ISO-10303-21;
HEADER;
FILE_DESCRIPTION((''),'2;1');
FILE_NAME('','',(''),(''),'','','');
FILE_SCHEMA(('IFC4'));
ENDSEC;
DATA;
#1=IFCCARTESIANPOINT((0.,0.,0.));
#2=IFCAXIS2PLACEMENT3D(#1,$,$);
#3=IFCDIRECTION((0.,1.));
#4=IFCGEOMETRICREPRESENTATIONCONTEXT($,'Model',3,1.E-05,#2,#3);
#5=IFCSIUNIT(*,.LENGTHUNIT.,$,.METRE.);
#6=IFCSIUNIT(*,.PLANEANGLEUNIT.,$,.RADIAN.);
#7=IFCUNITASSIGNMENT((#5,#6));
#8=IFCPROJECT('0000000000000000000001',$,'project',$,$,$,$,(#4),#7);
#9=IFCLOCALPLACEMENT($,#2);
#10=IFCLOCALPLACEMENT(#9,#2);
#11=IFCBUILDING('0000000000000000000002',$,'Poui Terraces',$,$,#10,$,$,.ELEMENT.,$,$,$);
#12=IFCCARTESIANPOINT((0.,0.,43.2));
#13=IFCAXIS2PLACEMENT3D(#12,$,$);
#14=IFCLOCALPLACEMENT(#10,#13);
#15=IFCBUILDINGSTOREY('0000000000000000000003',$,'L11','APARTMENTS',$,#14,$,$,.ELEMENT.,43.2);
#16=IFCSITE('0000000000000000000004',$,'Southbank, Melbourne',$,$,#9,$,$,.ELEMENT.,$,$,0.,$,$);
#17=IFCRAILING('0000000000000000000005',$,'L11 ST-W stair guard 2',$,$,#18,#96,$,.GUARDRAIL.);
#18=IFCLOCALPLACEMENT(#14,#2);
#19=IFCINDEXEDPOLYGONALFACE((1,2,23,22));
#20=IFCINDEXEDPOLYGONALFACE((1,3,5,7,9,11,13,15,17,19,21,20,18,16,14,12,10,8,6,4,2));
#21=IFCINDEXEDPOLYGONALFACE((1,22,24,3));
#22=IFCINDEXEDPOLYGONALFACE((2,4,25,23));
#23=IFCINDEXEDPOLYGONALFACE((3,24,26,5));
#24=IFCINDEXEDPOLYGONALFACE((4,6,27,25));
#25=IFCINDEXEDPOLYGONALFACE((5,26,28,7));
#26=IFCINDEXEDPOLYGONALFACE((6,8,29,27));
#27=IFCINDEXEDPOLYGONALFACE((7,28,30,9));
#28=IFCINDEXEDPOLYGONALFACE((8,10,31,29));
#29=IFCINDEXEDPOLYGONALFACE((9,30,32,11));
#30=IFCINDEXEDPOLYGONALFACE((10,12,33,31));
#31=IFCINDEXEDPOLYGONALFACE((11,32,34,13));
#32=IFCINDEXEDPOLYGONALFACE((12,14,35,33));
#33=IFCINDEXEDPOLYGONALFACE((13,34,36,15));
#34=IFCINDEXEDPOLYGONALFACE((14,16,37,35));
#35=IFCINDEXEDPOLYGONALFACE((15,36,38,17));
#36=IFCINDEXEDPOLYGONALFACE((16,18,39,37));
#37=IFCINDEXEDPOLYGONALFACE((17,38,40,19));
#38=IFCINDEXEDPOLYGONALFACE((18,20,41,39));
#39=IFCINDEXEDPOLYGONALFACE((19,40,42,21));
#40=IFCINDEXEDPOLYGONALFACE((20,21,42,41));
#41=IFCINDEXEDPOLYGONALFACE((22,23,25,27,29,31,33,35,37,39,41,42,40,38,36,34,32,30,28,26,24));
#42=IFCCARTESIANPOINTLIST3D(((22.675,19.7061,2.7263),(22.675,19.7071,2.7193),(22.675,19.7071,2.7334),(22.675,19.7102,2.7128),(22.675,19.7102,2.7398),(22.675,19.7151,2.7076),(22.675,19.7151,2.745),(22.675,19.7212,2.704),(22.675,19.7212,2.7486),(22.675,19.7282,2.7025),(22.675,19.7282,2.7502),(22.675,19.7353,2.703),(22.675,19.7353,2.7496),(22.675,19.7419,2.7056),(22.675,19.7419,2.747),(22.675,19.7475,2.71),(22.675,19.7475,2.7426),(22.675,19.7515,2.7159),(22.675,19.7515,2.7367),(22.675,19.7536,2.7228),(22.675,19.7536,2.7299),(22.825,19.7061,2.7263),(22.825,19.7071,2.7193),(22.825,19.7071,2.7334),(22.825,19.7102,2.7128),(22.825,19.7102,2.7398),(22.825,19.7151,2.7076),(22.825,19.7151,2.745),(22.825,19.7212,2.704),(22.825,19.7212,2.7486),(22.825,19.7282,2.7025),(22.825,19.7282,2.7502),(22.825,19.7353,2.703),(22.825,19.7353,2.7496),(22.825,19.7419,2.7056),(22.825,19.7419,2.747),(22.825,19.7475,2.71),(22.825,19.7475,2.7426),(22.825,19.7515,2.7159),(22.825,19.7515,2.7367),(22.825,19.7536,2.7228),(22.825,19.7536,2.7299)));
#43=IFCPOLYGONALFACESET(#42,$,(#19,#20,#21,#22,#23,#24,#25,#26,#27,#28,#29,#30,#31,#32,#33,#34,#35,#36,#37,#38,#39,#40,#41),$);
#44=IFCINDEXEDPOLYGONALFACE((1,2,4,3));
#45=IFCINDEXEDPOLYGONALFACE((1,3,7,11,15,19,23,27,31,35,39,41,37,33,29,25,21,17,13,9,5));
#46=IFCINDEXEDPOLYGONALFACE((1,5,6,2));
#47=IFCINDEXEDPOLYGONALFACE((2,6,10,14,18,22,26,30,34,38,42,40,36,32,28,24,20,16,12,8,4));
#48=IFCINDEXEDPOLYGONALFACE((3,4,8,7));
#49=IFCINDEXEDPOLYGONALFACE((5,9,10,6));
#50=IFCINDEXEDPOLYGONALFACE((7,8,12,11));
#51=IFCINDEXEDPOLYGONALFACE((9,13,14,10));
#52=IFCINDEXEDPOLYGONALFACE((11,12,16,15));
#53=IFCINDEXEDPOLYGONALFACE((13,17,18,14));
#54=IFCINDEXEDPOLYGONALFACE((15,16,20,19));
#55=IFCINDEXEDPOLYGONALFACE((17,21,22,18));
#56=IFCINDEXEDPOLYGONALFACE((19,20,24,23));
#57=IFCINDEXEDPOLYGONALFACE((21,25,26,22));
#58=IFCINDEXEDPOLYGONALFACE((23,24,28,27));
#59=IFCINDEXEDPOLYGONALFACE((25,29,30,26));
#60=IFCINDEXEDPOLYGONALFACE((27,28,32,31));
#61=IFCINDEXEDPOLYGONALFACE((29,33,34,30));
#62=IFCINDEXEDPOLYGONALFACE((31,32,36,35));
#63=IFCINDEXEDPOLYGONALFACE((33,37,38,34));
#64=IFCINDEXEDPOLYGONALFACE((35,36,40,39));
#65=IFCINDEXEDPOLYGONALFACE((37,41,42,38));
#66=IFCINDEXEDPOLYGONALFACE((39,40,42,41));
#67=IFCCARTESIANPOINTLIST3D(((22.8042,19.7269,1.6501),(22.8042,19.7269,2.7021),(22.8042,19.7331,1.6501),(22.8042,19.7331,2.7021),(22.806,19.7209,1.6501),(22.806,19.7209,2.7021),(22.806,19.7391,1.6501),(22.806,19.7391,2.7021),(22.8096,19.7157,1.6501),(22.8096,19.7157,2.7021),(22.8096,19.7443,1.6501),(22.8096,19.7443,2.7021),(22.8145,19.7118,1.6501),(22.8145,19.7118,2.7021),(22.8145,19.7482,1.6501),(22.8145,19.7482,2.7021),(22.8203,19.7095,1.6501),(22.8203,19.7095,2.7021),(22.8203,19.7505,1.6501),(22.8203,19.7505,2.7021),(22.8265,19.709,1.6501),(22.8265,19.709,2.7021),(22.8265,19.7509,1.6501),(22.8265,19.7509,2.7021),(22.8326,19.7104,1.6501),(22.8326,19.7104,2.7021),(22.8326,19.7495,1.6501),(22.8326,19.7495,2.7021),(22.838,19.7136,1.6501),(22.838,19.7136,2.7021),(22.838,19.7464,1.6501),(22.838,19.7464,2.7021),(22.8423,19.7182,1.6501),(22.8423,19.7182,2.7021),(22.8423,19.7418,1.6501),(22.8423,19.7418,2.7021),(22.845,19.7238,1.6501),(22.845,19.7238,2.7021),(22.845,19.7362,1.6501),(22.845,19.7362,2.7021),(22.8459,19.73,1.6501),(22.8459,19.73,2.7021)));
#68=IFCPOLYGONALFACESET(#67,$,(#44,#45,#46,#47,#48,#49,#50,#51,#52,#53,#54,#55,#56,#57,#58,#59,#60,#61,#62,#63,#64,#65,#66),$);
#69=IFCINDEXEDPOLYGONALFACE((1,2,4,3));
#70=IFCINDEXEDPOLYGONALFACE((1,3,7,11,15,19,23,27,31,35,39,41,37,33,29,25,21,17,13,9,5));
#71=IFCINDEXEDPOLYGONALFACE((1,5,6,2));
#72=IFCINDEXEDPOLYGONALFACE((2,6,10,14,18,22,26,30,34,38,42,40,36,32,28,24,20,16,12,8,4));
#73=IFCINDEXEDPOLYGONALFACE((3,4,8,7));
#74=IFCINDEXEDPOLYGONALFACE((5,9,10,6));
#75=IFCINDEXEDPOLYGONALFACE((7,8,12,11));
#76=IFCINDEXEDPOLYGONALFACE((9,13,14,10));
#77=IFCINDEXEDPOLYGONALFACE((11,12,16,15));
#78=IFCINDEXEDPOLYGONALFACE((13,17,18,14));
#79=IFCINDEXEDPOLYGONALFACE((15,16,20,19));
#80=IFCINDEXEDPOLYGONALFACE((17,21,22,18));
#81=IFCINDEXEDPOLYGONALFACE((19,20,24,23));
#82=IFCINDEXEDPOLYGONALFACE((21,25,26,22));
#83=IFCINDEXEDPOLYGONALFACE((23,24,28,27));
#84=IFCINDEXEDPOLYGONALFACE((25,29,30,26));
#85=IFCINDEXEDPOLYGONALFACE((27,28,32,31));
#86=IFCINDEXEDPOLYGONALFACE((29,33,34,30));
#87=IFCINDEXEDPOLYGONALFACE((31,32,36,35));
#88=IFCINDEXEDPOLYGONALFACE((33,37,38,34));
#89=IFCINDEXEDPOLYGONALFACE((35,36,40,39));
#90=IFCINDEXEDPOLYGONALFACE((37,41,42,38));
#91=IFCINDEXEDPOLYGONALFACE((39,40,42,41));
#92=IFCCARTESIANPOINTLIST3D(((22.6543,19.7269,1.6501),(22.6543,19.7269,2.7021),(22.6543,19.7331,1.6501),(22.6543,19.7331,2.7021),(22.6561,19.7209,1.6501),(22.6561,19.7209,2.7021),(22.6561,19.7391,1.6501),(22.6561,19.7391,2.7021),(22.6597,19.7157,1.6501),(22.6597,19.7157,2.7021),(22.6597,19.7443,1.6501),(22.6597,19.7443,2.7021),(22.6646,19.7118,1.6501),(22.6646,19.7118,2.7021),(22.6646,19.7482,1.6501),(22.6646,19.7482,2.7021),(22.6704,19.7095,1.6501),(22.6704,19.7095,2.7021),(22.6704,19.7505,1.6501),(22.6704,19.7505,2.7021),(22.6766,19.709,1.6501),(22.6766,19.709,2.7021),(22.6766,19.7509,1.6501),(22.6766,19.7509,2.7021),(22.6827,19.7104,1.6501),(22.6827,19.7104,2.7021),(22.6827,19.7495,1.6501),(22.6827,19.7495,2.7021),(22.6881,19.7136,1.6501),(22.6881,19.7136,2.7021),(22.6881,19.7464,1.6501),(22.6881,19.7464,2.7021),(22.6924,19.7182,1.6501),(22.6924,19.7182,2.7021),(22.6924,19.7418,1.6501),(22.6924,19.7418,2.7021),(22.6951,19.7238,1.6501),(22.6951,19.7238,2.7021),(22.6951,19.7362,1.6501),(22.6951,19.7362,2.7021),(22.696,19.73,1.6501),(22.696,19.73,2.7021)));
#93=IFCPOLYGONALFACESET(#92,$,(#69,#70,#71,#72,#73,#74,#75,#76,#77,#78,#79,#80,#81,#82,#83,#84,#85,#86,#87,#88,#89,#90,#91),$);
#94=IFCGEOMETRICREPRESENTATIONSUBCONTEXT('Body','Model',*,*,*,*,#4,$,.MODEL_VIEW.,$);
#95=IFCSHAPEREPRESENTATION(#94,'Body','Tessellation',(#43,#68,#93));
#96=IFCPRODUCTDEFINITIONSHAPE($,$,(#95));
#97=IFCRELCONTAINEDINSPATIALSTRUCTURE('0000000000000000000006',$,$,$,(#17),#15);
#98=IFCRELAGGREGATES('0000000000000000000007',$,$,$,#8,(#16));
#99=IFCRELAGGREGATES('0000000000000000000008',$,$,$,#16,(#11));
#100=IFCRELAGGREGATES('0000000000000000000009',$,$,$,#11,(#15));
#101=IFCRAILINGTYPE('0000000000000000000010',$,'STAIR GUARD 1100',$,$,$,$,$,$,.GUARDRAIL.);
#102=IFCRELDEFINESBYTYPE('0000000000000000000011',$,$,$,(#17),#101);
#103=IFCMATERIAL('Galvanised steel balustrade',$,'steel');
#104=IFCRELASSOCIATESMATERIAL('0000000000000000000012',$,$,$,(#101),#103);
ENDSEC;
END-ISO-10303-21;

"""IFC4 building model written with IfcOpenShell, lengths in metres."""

from ifc_helpers import new_model, si_unit, direction, frame, origin, origin_2d, place, context, subcontext, project, spatial, circle, extrude, material, type_object, element, save


model = new_model("IFC4")

# Units and contexts
model_context = context("Model", 3, precision=1e-05, world=origin(), true_north=direction((0.0, 1.0)))
body_context = subcontext(model_context, "Body", "Model", "MODEL_VIEW")
ifc_project = project(units=[si_unit("LENGTHUNIT", "METRE"), si_unit("PLANEANGLEUNIT", "RADIAN")], contexts=[model_context])

# Site, building, storey
site_placement = place(None, origin())
site = spatial("IfcSite", under=ifc_project, at=site_placement, Name="Southbank, Melbourne", CompositionType="ELEMENT", RefElevation=0.0)
building_placement = place(site_placement, origin())
building = spatial("IfcBuilding", under=site, at=building_placement, Name="Poui Terraces", CompositionType="ELEMENT")
storey_placement = place(building_placement, frame((0.0, 0.0, 43.2)))
storey = spatial("IfcBuildingStorey", under=building, at=storey_placement, Name="L11", Description="APARTMENTS", CompositionType="ELEMENT", Elevation=43.2)

# Railing
ifc_material_1 = material(Name="Galvanised steel balustrade", Category="steel")
railing_type_1 = type_object("IfcRailingType", Name="STAIR GUARD 1100", PredefinedType="GUARDRAIL", material=ifc_material_1)
railing_1_placement = place(storey_placement, frame((22.825, 19.73, 1.6501)))
element("IfcRailing", 1, at=railing_1_placement, inside=storey, type_object=railing_type_1, Name="L11 ST-W stair guard 2", PredefinedType="GUARDRAIL", context=body_context, shape_type="SweptSolid", body=[
    extrude(circle(Radius=0.0239, at=origin_2d()), frame((0.0, 0.0, 1.0762), z_axis=(-1.0, 0.0, 0.0), x_axis=(0.0, -1.0, 0.0)), (0.0, 0.0, 1.0), 0.1499),
    extrude(circle(Radius=0.021, at=origin_2d()), origin(), (0.0, 0.0, 1.0), 1.052),
    extrude(circle(Radius=0.021, at=origin_2d()), frame((-0.1499, 0.0, 0.0)), (0.0, 0.0, 1.0), 1.052),
])

save(model, "model.ifc")
